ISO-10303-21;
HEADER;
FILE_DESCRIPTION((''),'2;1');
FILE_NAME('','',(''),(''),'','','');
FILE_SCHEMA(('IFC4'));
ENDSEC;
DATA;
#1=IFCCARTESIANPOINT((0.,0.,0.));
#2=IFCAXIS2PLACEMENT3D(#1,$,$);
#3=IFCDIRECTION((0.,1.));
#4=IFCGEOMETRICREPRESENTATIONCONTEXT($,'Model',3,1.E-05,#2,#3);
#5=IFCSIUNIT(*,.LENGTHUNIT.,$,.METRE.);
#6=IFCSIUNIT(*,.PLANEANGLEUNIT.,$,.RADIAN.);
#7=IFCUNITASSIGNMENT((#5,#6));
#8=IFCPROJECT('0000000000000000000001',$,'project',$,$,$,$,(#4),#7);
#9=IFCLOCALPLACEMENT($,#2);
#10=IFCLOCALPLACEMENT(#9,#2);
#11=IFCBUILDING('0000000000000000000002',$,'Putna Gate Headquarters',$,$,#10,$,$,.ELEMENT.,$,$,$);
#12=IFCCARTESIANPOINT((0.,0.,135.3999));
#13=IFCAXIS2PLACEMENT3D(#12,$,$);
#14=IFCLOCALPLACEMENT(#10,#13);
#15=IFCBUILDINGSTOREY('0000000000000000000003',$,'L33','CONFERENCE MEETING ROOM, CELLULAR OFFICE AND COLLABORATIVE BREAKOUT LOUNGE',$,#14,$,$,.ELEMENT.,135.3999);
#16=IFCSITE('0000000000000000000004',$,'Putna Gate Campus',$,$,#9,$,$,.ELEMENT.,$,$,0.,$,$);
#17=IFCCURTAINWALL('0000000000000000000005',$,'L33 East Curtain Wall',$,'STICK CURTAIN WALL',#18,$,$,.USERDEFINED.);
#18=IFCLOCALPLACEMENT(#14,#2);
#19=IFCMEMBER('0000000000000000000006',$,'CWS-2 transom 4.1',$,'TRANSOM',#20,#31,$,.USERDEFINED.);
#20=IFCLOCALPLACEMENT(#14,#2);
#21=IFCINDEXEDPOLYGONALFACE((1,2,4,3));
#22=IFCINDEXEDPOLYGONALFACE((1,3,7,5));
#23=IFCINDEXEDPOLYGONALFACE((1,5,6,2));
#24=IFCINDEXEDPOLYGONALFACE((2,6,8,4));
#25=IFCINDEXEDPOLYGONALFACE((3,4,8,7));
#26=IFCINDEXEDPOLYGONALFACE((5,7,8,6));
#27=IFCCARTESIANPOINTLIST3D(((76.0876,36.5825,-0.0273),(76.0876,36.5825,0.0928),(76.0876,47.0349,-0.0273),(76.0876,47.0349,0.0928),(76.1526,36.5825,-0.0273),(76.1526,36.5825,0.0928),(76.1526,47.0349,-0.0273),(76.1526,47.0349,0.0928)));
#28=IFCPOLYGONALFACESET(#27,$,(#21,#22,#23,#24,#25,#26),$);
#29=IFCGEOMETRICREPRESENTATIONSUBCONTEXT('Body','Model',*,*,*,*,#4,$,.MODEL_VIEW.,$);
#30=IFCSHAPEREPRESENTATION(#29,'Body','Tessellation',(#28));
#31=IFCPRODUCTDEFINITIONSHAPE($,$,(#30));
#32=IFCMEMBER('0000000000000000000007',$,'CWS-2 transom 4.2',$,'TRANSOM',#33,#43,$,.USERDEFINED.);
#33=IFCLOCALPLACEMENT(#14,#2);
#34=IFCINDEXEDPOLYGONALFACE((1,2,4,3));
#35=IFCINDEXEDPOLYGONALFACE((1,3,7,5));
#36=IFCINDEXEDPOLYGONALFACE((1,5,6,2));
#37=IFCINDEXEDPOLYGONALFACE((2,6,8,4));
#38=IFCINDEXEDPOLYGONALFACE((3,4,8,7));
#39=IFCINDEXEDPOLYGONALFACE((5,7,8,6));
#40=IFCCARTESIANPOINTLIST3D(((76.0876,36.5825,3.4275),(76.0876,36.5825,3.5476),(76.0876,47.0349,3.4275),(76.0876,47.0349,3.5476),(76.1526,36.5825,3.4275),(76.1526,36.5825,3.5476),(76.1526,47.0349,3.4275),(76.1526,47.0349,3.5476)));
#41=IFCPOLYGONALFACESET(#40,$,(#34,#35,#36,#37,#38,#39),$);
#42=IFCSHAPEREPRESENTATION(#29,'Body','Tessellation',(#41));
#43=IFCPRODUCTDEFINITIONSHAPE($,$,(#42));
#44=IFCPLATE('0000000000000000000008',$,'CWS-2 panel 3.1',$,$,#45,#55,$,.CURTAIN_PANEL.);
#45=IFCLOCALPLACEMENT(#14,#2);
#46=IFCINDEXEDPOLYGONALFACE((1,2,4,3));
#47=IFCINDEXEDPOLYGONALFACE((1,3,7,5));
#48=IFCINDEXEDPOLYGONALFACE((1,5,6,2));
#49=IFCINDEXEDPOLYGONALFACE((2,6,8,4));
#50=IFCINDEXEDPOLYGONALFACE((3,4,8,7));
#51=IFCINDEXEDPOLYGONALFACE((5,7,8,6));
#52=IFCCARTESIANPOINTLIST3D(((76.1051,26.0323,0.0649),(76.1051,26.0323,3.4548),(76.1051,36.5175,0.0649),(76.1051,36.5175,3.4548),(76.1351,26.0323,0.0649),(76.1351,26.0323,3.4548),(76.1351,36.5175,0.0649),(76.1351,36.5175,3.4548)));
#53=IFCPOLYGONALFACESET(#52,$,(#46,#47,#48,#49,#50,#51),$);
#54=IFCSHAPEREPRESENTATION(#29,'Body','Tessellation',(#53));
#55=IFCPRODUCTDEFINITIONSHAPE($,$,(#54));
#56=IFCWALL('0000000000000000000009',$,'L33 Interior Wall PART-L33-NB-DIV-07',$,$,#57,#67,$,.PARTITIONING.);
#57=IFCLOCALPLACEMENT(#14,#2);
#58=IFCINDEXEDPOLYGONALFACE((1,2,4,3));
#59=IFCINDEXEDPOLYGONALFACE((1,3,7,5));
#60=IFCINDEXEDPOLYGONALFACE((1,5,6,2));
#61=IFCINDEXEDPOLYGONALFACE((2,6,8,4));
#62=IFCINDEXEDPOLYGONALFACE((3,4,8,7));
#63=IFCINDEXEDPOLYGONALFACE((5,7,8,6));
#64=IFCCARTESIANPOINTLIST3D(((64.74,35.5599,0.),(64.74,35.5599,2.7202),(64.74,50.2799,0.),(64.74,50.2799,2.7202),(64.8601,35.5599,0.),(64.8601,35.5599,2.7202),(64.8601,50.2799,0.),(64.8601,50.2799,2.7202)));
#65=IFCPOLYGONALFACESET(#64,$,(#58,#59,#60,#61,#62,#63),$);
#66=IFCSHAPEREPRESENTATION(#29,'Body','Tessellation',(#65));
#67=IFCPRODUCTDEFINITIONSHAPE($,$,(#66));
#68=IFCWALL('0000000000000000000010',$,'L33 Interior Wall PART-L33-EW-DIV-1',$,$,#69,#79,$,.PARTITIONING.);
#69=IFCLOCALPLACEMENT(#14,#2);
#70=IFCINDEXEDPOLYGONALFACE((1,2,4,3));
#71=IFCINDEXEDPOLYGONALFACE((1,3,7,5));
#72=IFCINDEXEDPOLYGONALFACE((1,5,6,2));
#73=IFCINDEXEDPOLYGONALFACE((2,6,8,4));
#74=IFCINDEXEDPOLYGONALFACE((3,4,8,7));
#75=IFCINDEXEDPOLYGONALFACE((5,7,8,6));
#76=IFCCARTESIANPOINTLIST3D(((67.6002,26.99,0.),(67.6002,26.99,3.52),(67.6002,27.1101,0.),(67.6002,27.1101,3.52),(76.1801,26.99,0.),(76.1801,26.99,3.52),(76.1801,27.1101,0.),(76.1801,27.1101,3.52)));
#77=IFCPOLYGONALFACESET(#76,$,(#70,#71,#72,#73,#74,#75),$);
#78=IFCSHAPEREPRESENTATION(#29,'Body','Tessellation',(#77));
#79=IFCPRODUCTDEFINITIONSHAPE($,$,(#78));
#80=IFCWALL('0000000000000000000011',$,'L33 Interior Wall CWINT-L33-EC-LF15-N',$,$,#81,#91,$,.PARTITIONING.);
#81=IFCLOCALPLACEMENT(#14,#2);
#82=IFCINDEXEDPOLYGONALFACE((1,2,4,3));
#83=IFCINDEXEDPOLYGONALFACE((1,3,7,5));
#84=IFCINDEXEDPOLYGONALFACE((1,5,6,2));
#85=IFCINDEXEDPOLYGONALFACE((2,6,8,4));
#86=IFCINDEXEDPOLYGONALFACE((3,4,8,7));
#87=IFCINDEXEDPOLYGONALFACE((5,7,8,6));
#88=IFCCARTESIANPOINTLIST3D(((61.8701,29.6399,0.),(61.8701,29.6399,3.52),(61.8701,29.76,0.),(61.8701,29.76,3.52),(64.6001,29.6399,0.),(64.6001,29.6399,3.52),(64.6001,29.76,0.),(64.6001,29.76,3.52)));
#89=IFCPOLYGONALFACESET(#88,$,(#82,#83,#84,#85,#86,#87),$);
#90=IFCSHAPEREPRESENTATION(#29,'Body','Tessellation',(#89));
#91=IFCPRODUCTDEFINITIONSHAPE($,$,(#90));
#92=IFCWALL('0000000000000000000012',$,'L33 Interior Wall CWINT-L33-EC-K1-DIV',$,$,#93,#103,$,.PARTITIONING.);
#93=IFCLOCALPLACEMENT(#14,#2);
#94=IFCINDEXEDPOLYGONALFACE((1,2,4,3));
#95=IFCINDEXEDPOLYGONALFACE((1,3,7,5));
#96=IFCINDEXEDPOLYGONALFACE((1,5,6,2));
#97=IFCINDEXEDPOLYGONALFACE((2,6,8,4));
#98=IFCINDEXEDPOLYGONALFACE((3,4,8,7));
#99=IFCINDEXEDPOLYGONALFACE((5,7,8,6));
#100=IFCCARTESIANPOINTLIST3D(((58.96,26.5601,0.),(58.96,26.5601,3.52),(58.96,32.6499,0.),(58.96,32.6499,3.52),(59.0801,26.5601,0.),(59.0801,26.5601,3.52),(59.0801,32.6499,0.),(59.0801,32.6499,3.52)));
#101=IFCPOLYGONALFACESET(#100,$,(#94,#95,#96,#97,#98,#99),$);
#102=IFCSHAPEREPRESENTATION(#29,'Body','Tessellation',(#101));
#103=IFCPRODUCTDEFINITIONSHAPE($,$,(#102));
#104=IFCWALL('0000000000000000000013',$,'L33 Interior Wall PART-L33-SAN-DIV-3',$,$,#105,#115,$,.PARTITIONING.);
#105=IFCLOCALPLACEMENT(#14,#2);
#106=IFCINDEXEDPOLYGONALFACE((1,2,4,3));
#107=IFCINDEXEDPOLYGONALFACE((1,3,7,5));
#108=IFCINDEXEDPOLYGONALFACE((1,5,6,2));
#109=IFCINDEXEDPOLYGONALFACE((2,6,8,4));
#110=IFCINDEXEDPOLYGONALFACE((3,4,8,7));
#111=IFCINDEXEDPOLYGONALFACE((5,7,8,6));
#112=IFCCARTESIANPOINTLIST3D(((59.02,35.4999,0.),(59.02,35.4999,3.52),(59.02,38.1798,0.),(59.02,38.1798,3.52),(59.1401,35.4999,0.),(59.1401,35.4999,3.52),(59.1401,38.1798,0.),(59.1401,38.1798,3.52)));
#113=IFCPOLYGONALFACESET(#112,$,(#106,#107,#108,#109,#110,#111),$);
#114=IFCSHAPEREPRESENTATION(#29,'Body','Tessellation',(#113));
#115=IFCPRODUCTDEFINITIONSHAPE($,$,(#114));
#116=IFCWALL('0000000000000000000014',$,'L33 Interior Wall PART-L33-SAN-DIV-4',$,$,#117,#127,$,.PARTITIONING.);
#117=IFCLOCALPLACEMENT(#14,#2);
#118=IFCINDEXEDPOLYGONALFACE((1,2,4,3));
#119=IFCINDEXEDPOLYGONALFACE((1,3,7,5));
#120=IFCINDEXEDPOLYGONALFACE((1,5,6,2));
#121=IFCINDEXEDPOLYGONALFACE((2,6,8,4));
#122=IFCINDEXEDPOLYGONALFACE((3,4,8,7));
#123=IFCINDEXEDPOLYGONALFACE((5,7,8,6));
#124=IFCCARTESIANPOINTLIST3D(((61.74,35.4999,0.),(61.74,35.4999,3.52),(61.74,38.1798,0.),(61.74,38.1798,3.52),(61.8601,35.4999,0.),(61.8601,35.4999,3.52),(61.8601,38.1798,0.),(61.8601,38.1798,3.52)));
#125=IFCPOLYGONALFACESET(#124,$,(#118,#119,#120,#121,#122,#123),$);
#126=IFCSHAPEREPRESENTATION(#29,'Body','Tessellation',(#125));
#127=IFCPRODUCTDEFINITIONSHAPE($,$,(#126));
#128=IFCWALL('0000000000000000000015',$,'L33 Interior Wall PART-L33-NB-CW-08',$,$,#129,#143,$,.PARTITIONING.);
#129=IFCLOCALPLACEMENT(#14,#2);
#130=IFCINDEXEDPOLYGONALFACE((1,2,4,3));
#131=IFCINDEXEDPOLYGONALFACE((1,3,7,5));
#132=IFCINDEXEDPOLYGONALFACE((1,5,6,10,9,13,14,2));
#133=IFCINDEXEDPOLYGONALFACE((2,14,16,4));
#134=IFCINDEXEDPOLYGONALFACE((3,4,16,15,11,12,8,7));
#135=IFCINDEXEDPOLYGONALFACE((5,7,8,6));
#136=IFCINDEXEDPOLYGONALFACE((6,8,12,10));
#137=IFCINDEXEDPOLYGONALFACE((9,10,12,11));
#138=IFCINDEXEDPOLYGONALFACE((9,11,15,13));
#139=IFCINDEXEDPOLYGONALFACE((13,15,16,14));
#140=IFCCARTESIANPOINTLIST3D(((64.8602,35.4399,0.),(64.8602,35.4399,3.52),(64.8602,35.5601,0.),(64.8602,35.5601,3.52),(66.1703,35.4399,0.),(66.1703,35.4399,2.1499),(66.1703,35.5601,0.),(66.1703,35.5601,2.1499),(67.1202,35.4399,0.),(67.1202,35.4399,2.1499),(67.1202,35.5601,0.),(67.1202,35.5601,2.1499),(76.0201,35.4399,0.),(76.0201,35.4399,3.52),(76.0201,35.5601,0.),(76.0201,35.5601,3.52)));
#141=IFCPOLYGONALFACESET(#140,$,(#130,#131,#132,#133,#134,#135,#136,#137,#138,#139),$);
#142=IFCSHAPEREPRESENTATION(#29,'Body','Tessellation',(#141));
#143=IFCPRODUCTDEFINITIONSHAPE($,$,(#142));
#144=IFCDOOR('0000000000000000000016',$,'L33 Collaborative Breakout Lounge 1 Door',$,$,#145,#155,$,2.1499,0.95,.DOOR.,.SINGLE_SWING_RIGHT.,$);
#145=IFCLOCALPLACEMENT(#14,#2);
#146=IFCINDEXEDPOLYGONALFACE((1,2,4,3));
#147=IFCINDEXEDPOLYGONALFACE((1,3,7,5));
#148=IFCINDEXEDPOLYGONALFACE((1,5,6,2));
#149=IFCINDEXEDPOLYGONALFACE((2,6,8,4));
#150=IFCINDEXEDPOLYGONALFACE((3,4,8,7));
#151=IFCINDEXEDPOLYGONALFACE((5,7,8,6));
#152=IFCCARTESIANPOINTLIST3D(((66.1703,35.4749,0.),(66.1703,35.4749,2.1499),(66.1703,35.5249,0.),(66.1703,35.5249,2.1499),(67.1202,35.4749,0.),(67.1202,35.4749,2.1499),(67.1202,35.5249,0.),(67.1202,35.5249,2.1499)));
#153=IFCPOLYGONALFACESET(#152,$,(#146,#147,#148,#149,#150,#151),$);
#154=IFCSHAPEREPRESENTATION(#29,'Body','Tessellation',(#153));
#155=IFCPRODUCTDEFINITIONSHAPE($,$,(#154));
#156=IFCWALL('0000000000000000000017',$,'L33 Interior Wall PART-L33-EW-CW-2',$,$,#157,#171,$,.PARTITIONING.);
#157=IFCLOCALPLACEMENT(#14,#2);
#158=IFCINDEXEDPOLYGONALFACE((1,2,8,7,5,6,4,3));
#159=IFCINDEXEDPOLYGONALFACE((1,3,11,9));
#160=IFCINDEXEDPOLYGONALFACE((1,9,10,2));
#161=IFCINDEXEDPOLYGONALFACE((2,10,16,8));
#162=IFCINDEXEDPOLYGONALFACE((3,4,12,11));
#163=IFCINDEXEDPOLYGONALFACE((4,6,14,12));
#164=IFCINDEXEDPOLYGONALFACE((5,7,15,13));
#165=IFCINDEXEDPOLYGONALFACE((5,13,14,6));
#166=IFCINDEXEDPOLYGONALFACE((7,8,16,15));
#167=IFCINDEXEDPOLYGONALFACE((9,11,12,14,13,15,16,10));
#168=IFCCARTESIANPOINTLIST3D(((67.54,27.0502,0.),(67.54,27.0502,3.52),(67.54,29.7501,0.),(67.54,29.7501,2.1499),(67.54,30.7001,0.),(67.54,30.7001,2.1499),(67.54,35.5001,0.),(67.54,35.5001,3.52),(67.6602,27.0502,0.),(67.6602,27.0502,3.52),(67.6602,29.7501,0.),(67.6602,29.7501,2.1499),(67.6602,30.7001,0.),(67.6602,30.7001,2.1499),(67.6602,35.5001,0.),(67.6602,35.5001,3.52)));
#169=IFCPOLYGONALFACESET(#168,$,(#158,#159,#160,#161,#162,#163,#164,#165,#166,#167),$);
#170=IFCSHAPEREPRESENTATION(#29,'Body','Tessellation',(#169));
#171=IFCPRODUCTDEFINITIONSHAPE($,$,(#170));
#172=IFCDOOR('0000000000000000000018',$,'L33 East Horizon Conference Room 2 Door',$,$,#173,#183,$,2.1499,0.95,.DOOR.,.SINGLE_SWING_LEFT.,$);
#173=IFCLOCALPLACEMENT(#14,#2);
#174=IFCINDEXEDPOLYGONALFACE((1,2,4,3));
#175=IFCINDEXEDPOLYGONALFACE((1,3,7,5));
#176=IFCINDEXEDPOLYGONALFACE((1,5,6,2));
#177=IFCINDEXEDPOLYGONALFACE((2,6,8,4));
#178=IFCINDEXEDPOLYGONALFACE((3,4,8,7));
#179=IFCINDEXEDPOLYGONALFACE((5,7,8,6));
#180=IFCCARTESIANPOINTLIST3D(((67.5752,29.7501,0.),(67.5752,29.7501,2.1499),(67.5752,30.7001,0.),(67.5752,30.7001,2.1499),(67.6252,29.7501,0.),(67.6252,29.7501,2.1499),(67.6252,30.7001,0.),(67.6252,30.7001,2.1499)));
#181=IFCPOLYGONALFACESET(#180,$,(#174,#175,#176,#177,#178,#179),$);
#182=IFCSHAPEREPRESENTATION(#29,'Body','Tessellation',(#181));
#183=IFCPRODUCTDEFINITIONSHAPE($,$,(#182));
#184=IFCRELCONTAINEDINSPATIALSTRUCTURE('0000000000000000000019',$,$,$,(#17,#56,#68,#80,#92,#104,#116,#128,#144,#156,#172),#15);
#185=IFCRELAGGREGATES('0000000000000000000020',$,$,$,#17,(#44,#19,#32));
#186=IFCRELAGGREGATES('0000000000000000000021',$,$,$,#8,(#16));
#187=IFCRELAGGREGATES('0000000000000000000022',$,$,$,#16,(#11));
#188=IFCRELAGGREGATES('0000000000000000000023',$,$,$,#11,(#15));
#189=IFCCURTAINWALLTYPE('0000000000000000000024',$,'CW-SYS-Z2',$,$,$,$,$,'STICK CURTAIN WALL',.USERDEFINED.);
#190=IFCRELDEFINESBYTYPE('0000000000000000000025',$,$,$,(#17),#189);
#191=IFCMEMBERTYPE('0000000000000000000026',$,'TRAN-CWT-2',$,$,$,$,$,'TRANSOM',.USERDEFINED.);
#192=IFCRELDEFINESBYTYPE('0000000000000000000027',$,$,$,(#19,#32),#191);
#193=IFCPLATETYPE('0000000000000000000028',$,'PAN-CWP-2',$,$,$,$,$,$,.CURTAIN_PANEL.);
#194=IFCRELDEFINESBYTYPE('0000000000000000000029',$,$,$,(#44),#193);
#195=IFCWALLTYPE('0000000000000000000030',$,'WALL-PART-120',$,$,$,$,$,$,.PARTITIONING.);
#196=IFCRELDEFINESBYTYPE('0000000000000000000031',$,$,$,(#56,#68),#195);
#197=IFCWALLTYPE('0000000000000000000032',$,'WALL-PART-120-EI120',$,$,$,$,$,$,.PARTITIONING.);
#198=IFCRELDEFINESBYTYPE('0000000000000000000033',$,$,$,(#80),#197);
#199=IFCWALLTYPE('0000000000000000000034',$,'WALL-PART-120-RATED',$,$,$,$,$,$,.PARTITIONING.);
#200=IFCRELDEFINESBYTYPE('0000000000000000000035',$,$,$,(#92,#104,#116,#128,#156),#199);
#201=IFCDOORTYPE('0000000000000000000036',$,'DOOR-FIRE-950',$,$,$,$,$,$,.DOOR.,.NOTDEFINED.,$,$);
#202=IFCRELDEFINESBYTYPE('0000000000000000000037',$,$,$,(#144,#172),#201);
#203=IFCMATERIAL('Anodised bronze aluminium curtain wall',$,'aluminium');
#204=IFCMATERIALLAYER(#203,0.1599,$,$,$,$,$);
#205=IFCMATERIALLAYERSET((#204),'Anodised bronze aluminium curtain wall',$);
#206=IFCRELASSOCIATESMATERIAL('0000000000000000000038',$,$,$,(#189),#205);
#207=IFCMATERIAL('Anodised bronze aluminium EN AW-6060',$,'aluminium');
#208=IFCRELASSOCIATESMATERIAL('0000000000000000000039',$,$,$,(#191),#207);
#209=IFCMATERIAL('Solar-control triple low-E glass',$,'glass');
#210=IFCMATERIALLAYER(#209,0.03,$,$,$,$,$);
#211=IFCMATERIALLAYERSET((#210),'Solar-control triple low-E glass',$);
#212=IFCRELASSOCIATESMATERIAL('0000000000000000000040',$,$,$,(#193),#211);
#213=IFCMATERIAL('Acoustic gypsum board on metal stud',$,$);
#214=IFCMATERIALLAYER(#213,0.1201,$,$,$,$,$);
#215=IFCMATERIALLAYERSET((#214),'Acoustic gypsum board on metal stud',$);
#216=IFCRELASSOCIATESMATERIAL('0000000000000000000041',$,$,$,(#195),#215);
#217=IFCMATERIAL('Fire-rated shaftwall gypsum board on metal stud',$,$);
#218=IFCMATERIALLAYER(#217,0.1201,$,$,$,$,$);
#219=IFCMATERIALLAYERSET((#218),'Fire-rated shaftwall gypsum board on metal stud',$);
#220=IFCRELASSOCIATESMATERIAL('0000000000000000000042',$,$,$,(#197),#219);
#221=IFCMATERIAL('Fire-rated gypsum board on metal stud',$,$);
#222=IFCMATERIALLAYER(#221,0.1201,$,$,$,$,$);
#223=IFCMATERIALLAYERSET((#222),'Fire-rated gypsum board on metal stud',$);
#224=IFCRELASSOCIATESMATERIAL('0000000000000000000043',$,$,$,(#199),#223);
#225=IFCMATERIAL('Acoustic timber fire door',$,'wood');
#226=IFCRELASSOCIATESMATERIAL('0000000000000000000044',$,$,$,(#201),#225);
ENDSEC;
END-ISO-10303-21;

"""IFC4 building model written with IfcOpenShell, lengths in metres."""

from ifc_helpers import new_model, si_unit, direction, frame, frame_2d, origin, origin_2d, place, context, subcontext, project, spatial, rectangle, extrude, material, layer, layer_set, material_profile, profile_set, type_object, element, fill, aggregate, save


model = new_model("IFC4")

# Units and contexts
model_context = context("Model", 3, precision=1e-05, world=origin(), true_north=direction((0.0, 1.0)))
body_context = subcontext(model_context, "Body", "Model", "MODEL_VIEW")
ifc_project = project(units=[si_unit("LENGTHUNIT", "METRE"), si_unit("PLANEANGLEUNIT", "RADIAN")], contexts=[model_context])

# Site, building, storey
site_placement = place(None, origin())
site = spatial("IfcSite", under=ifc_project, at=site_placement, Name="Putna Gate Campus", CompositionType="ELEMENT", RefElevation=0.0)
building_placement = place(site_placement, origin())
building = spatial("IfcBuilding", under=site, at=building_placement, Name="Putna Gate Headquarters", CompositionType="ELEMENT")
storey_placement = place(building_placement, frame((0.0, 0.0, 135.3999)))
storey = spatial("IfcBuildingStorey", under=building, at=storey_placement, Name="L33", Description="CONFERENCE MEETING ROOM, CELLULAR OFFICE AND COLLABORATIVE BREAKOUT LOUNGE", CompositionType="ELEMENT", Elevation=135.3999)

# Curtain wall, members, plate
ifc_material_1 = material(Name="Anodised bronze aluminium curtain wall", Category="aluminium")
ifc_layer_1 = layer(ifc_material_1, 0.1599)
ifc_layer_set_1 = layer_set([ifc_layer_1], Name="Anodised bronze aluminium curtain wall")
curtain_wall_type = type_object("IfcCurtainWallType", Name="CW-SYS-Z2", ElementType="STICK CURTAIN WALL", PredefinedType="USERDEFINED", material=ifc_layer_set_1)
curtain_wall_placement = place(storey_placement, origin())
curtain_wall = element("IfcCurtainWall", 1, at=curtain_wall_placement, inside=storey, type_object=curtain_wall_type, Name="L33 East Curtain Wall", ObjectType="STICK CURTAIN WALL", PredefinedType="USERDEFINED")
ifc_material_2 = material(Name="Anodised bronze aluminium EN AW-6060", Category="aluminium")
ifc_material_profile_1 = material_profile(ifc_material_2, rectangle(XDim=0.0649, YDim=0.1201, at=origin_2d()), Name="Anodised bronze aluminium EN AW-6060")
ifc_profile_set_1 = profile_set([ifc_material_profile_1], Name="Anodised bronze aluminium EN AW-6060")
member_type_1 = type_object("IfcMemberType", Name="TRAN-CWT-2", ElementType="TRANSOM", PredefinedType="USERDEFINED", material=ifc_profile_set_1)
member_1_placement = place(storey_placement, frame((76.1201, 36.5825, 0.0327), z_axis=(0.0, 1.0, 0.0), x_axis=(-1.0, 0.0, 0.0)))
member_1 = element("IfcMember", 2, at=member_1_placement, type_object=member_type_1, Name="CWS-2 transom 4.1", ObjectType="TRANSOM", PredefinedType="USERDEFINED", context=body_context, shape_type="SweptSolid", body=[
    extrude(rectangle(XDim=0.0649, YDim=0.1201, at=origin_2d()), origin(), (0.0, 0.0, 1.0), 10.4524),
])
member_2_placement = place(storey_placement, frame((76.1201, 36.5825, 3.4875), z_axis=(0.0, 1.0, 0.0), x_axis=(-1.0, 0.0, 0.0)))
member_2 = element("IfcMember", 3, at=member_2_placement, type_object=member_type_1, Name="CWS-2 transom 4.2", ObjectType="TRANSOM", PredefinedType="USERDEFINED", context=body_context, shape_type="SweptSolid", body=[
    extrude(rectangle(XDim=0.0649, YDim=0.1201, at=origin_2d()), origin(), (0.0, 0.0, 1.0), 10.4524),
])
ifc_material_3 = material(Name="Solar-control triple low-E glass", Category="glass")
ifc_layer_2 = layer(ifc_material_3, 0.03)
ifc_layer_set_2 = layer_set([ifc_layer_2], Name="Solar-control triple low-E glass")
plate_type = type_object("IfcPlateType", Name="PAN-CWP-2", PredefinedType="CURTAIN_PANEL", material=ifc_layer_set_2)
plate_placement = place(storey_placement, frame((76.1201, 31.2749, 0.0649), z_axis=(0.0, 0.0, 1.0), x_axis=(0.0, 1.0, 0.0)))
plate = element("IfcPlate", 4, at=plate_placement, type_object=plate_type, Name="CWS-2 panel 3.1", PredefinedType="CURTAIN_PANEL", context=body_context, shape_type="SweptSolid", body=[
    extrude(rectangle(XDim=10.4851, YDim=0.03, at=origin_2d()), origin(), (0.0, 0.0, 1.0), 3.3899),
])
aggregate(curtain_wall, [plate, member_1, member_2])

# Walls
ifc_material_4 = material(Name="Acoustic gypsum board on metal stud")
ifc_layer_3 = layer(ifc_material_4, 0.1201)
ifc_layer_set_3 = layer_set([ifc_layer_3], Name="Acoustic gypsum board on metal stud")
wall_type_1 = type_object("IfcWallType", Name="WALL-PART-120", PredefinedType="PARTITIONING", material=ifc_layer_set_3)
wall_1_placement = place(storey_placement, frame((64.8, 35.5601, 0.0), z_axis=(0.0, 0.0, 1.0), x_axis=(0.0, 1.0, 0.0)))
element("IfcWall", 5, at=wall_1_placement, inside=storey, type_object=wall_type_1, Name="L33 Interior Wall PART-L33-NB-DIV-07", PredefinedType="PARTITIONING", context=body_context, shape_type="SweptSolid", body=[
    extrude(rectangle(XDim=14.72, YDim=0.1201, at=frame_2d((7.3599, 0.0))), origin(), (0.0, 0.0, 1.0), 2.7202),
])
wall_2_placement = place(storey_placement, frame((67.6001, 27.05, 0.0), z_axis=(0.0, 0.0, 1.0), x_axis=(1.0, 0.0, 0.0)))
element("IfcWall", 6, at=wall_2_placement, inside=storey, type_object=wall_type_1, Name="L33 Interior Wall PART-L33-EW-DIV-1", PredefinedType="PARTITIONING", context=body_context, shape_type="SweptSolid", body=[
    extrude(rectangle(XDim=8.5798, YDim=0.1201, at=frame_2d((4.29, 0.0))), origin(), (0.0, 0.0, 1.0), 3.52),
])
ifc_material_5 = material(Name="Fire-rated shaftwall gypsum board on metal stud")
ifc_layer_4 = layer(ifc_material_5, 0.1201)
ifc_layer_set_4 = layer_set([ifc_layer_4], Name="Fire-rated shaftwall gypsum board on metal stud")
wall_type_2 = type_object("IfcWallType", Name="WALL-PART-120-EI120", PredefinedType="PARTITIONING", material=ifc_layer_set_4)
wall_3_placement = place(storey_placement, frame((61.8701, 29.7, 0.0), z_axis=(0.0, 0.0, 1.0), x_axis=(1.0, 0.0, 0.0)))
element("IfcWall", 7, at=wall_3_placement, inside=storey, type_object=wall_type_2, Name="L33 Interior Wall CWINT-L33-EC-LF15-N", PredefinedType="PARTITIONING", context=body_context, shape_type="SweptSolid", body=[
    extrude(rectangle(XDim=2.73, YDim=0.1201, at=frame_2d((1.365, 0.0))), origin(), (0.0, 0.0, 1.0), 3.52),
])
ifc_material_6 = material(Name="Fire-rated gypsum board on metal stud")
ifc_layer_5 = layer(ifc_material_6, 0.1201)
ifc_layer_set_5 = layer_set([ifc_layer_5], Name="Fire-rated gypsum board on metal stud")
wall_type_3 = type_object("IfcWallType", Name="WALL-PART-120-RATED", PredefinedType="PARTITIONING", material=ifc_layer_set_5)
wall_4_placement = place(storey_placement, frame((59.02, 26.5601, 0.0), z_axis=(0.0, 0.0, 1.0), x_axis=(0.0, 1.0, 0.0)))
element("IfcWall", 8, at=wall_4_placement, inside=storey, type_object=wall_type_3, Name="L33 Interior Wall CWINT-L33-EC-K1-DIV", PredefinedType="PARTITIONING", context=body_context, shape_type="SweptSolid", body=[
    extrude(rectangle(XDim=6.0898, YDim=0.1201, at=frame_2d((3.0449, 0.0))), origin(), (0.0, 0.0, 1.0), 3.52),
])
for number, where, z_axis, x_axis, name in (
    (9, (59.0801, 35.5, 0.0), (0.0, 0.0, 1.0), (0.0, 1.0, 0.0), "L33 Interior Wall PART-L33-SAN-DIV-3"),
    (10, (61.8, 35.5, 0.0), (0.0, 0.0, 1.0), (0.0, 1.0, 0.0), "L33 Interior Wall PART-L33-SAN-DIV-4"),
):
    element("IfcWall", number, at=place(storey_placement, frame(where, z_axis=z_axis, x_axis=x_axis)), inside=storey, type_object=wall_type_3, Name=name, PredefinedType="PARTITIONING", context=body_context, shape_type="SweptSolid", body=[
        extrude(rectangle(XDim=2.6799, YDim=0.1201, at=frame_2d((1.3398, 0.0))), origin(), (0.0, 0.0, 1.0), 3.52),
    ])

# Walls, openings, doors
wall_5_placement = place(storey_placement, frame((64.8601, 35.5, 0.0), z_axis=(0.0, 0.0, 1.0), x_axis=(1.0, 0.0, 0.0)))
wall_5 = element("IfcWall", 11, at=wall_5_placement, inside=storey, type_object=wall_type_3, Name="L33 Interior Wall PART-L33-NB-CW-08", PredefinedType="PARTITIONING", context=body_context, shape_type="SweptSolid", body=[
    extrude(rectangle(XDim=11.1599, YDim=0.1201, at=frame_2d((5.5801, 0.0))), origin(), (0.0, 0.0, 1.0), 3.52),
])
opening_1_placement = place(wall_5_placement, frame((1.3101, 0.0, 0.0)))
opening_1 = element("IfcOpeningElement", 12, at=opening_1_placement, cuts=wall_5, PredefinedType="OPENING", context=body_context, shape_type="SweptSolid", body=[
    extrude(rectangle(XDim=0.95, YDim=2.1499, at=frame_2d((0.4751, 1.075))), frame((0.0, 0.0701, 0.0), z_axis=(0.0, -1.0, 0.0), x_axis=(1.0, 0.0, 0.0)), (0.0, 0.0, 1.0), 0.1401),
])
ifc_material_7 = material(Name="Acoustic timber fire door", Category="wood")
door_type_1 = type_object("IfcDoorType", Name="DOOR-FIRE-950", OperationType="NOTDEFINED", PredefinedType="DOOR", material=ifc_material_7)
door_1_placement = place(opening_1_placement, origin())
door_1 = element("IfcDoor", 13, at=door_1_placement, inside=storey, type_object=door_type_1, Name="L33 Collaborative Breakout Lounge 1 Door", OperationType="SINGLE_SWING_RIGHT", OverallHeight=2.1499, OverallWidth=0.95, PredefinedType="DOOR", context=body_context, shape_type="SweptSolid", body=[
    extrude(rectangle(XDim=0.95, YDim=2.1499, at=frame_2d((0.4751, 1.075))), frame((0.0, 0.0249, 0.0), z_axis=(0.0, -1.0, 0.0), x_axis=(1.0, 0.0, 0.0)), (0.0, 0.0, 1.0), 0.05),
])
fill(opening_1, door_1)
wall_6_placement = place(storey_placement, frame((67.6001, 27.05, 0.0), z_axis=(0.0, 0.0, 1.0), x_axis=(0.0, 1.0, 0.0)))
wall_6 = element("IfcWall", 14, at=wall_6_placement, inside=storey, type_object=wall_type_3, Name="L33 Interior Wall PART-L33-EW-CW-2", PredefinedType="PARTITIONING", context=body_context, shape_type="SweptSolid", body=[
    extrude(rectangle(XDim=8.45, YDim=0.1201, at=frame_2d((4.2251, 0.0))), origin(), (0.0, 0.0, 1.0), 3.52),
])
opening_2_placement = place(wall_6_placement, frame((2.7, 0.0, 0.0)))
opening_2 = element("IfcOpeningElement", 15, at=opening_2_placement, cuts=wall_6, PredefinedType="OPENING", context=body_context, shape_type="SweptSolid", body=[
    extrude(rectangle(XDim=0.95, YDim=2.1499, at=frame_2d((0.4751, 1.075))), frame((0.0, 0.0701, 0.0), z_axis=(0.0, -1.0, 0.0), x_axis=(1.0, 0.0, 0.0)), (0.0, 0.0, 1.0), 0.1401),
])
door_2_placement = place(opening_2_placement, origin())
door_2 = element("IfcDoor", 16, at=door_2_placement, inside=storey, type_object=door_type_1, Name="L33 East Horizon Conference Room 2 Door", OperationType="SINGLE_SWING_LEFT", OverallHeight=2.1499, OverallWidth=0.95, PredefinedType="DOOR", context=body_context, shape_type="SweptSolid", body=[
    extrude(rectangle(XDim=0.95, YDim=2.1499, at=frame_2d((0.4751, 1.075))), frame((0.0, 0.0249, 0.0), z_axis=(0.0, -1.0, 0.0), x_axis=(1.0, 0.0, 0.0)), (0.0, 0.0, 1.0), 0.05),
])
fill(opening_2, door_2)

save(model, "model.ifc")
